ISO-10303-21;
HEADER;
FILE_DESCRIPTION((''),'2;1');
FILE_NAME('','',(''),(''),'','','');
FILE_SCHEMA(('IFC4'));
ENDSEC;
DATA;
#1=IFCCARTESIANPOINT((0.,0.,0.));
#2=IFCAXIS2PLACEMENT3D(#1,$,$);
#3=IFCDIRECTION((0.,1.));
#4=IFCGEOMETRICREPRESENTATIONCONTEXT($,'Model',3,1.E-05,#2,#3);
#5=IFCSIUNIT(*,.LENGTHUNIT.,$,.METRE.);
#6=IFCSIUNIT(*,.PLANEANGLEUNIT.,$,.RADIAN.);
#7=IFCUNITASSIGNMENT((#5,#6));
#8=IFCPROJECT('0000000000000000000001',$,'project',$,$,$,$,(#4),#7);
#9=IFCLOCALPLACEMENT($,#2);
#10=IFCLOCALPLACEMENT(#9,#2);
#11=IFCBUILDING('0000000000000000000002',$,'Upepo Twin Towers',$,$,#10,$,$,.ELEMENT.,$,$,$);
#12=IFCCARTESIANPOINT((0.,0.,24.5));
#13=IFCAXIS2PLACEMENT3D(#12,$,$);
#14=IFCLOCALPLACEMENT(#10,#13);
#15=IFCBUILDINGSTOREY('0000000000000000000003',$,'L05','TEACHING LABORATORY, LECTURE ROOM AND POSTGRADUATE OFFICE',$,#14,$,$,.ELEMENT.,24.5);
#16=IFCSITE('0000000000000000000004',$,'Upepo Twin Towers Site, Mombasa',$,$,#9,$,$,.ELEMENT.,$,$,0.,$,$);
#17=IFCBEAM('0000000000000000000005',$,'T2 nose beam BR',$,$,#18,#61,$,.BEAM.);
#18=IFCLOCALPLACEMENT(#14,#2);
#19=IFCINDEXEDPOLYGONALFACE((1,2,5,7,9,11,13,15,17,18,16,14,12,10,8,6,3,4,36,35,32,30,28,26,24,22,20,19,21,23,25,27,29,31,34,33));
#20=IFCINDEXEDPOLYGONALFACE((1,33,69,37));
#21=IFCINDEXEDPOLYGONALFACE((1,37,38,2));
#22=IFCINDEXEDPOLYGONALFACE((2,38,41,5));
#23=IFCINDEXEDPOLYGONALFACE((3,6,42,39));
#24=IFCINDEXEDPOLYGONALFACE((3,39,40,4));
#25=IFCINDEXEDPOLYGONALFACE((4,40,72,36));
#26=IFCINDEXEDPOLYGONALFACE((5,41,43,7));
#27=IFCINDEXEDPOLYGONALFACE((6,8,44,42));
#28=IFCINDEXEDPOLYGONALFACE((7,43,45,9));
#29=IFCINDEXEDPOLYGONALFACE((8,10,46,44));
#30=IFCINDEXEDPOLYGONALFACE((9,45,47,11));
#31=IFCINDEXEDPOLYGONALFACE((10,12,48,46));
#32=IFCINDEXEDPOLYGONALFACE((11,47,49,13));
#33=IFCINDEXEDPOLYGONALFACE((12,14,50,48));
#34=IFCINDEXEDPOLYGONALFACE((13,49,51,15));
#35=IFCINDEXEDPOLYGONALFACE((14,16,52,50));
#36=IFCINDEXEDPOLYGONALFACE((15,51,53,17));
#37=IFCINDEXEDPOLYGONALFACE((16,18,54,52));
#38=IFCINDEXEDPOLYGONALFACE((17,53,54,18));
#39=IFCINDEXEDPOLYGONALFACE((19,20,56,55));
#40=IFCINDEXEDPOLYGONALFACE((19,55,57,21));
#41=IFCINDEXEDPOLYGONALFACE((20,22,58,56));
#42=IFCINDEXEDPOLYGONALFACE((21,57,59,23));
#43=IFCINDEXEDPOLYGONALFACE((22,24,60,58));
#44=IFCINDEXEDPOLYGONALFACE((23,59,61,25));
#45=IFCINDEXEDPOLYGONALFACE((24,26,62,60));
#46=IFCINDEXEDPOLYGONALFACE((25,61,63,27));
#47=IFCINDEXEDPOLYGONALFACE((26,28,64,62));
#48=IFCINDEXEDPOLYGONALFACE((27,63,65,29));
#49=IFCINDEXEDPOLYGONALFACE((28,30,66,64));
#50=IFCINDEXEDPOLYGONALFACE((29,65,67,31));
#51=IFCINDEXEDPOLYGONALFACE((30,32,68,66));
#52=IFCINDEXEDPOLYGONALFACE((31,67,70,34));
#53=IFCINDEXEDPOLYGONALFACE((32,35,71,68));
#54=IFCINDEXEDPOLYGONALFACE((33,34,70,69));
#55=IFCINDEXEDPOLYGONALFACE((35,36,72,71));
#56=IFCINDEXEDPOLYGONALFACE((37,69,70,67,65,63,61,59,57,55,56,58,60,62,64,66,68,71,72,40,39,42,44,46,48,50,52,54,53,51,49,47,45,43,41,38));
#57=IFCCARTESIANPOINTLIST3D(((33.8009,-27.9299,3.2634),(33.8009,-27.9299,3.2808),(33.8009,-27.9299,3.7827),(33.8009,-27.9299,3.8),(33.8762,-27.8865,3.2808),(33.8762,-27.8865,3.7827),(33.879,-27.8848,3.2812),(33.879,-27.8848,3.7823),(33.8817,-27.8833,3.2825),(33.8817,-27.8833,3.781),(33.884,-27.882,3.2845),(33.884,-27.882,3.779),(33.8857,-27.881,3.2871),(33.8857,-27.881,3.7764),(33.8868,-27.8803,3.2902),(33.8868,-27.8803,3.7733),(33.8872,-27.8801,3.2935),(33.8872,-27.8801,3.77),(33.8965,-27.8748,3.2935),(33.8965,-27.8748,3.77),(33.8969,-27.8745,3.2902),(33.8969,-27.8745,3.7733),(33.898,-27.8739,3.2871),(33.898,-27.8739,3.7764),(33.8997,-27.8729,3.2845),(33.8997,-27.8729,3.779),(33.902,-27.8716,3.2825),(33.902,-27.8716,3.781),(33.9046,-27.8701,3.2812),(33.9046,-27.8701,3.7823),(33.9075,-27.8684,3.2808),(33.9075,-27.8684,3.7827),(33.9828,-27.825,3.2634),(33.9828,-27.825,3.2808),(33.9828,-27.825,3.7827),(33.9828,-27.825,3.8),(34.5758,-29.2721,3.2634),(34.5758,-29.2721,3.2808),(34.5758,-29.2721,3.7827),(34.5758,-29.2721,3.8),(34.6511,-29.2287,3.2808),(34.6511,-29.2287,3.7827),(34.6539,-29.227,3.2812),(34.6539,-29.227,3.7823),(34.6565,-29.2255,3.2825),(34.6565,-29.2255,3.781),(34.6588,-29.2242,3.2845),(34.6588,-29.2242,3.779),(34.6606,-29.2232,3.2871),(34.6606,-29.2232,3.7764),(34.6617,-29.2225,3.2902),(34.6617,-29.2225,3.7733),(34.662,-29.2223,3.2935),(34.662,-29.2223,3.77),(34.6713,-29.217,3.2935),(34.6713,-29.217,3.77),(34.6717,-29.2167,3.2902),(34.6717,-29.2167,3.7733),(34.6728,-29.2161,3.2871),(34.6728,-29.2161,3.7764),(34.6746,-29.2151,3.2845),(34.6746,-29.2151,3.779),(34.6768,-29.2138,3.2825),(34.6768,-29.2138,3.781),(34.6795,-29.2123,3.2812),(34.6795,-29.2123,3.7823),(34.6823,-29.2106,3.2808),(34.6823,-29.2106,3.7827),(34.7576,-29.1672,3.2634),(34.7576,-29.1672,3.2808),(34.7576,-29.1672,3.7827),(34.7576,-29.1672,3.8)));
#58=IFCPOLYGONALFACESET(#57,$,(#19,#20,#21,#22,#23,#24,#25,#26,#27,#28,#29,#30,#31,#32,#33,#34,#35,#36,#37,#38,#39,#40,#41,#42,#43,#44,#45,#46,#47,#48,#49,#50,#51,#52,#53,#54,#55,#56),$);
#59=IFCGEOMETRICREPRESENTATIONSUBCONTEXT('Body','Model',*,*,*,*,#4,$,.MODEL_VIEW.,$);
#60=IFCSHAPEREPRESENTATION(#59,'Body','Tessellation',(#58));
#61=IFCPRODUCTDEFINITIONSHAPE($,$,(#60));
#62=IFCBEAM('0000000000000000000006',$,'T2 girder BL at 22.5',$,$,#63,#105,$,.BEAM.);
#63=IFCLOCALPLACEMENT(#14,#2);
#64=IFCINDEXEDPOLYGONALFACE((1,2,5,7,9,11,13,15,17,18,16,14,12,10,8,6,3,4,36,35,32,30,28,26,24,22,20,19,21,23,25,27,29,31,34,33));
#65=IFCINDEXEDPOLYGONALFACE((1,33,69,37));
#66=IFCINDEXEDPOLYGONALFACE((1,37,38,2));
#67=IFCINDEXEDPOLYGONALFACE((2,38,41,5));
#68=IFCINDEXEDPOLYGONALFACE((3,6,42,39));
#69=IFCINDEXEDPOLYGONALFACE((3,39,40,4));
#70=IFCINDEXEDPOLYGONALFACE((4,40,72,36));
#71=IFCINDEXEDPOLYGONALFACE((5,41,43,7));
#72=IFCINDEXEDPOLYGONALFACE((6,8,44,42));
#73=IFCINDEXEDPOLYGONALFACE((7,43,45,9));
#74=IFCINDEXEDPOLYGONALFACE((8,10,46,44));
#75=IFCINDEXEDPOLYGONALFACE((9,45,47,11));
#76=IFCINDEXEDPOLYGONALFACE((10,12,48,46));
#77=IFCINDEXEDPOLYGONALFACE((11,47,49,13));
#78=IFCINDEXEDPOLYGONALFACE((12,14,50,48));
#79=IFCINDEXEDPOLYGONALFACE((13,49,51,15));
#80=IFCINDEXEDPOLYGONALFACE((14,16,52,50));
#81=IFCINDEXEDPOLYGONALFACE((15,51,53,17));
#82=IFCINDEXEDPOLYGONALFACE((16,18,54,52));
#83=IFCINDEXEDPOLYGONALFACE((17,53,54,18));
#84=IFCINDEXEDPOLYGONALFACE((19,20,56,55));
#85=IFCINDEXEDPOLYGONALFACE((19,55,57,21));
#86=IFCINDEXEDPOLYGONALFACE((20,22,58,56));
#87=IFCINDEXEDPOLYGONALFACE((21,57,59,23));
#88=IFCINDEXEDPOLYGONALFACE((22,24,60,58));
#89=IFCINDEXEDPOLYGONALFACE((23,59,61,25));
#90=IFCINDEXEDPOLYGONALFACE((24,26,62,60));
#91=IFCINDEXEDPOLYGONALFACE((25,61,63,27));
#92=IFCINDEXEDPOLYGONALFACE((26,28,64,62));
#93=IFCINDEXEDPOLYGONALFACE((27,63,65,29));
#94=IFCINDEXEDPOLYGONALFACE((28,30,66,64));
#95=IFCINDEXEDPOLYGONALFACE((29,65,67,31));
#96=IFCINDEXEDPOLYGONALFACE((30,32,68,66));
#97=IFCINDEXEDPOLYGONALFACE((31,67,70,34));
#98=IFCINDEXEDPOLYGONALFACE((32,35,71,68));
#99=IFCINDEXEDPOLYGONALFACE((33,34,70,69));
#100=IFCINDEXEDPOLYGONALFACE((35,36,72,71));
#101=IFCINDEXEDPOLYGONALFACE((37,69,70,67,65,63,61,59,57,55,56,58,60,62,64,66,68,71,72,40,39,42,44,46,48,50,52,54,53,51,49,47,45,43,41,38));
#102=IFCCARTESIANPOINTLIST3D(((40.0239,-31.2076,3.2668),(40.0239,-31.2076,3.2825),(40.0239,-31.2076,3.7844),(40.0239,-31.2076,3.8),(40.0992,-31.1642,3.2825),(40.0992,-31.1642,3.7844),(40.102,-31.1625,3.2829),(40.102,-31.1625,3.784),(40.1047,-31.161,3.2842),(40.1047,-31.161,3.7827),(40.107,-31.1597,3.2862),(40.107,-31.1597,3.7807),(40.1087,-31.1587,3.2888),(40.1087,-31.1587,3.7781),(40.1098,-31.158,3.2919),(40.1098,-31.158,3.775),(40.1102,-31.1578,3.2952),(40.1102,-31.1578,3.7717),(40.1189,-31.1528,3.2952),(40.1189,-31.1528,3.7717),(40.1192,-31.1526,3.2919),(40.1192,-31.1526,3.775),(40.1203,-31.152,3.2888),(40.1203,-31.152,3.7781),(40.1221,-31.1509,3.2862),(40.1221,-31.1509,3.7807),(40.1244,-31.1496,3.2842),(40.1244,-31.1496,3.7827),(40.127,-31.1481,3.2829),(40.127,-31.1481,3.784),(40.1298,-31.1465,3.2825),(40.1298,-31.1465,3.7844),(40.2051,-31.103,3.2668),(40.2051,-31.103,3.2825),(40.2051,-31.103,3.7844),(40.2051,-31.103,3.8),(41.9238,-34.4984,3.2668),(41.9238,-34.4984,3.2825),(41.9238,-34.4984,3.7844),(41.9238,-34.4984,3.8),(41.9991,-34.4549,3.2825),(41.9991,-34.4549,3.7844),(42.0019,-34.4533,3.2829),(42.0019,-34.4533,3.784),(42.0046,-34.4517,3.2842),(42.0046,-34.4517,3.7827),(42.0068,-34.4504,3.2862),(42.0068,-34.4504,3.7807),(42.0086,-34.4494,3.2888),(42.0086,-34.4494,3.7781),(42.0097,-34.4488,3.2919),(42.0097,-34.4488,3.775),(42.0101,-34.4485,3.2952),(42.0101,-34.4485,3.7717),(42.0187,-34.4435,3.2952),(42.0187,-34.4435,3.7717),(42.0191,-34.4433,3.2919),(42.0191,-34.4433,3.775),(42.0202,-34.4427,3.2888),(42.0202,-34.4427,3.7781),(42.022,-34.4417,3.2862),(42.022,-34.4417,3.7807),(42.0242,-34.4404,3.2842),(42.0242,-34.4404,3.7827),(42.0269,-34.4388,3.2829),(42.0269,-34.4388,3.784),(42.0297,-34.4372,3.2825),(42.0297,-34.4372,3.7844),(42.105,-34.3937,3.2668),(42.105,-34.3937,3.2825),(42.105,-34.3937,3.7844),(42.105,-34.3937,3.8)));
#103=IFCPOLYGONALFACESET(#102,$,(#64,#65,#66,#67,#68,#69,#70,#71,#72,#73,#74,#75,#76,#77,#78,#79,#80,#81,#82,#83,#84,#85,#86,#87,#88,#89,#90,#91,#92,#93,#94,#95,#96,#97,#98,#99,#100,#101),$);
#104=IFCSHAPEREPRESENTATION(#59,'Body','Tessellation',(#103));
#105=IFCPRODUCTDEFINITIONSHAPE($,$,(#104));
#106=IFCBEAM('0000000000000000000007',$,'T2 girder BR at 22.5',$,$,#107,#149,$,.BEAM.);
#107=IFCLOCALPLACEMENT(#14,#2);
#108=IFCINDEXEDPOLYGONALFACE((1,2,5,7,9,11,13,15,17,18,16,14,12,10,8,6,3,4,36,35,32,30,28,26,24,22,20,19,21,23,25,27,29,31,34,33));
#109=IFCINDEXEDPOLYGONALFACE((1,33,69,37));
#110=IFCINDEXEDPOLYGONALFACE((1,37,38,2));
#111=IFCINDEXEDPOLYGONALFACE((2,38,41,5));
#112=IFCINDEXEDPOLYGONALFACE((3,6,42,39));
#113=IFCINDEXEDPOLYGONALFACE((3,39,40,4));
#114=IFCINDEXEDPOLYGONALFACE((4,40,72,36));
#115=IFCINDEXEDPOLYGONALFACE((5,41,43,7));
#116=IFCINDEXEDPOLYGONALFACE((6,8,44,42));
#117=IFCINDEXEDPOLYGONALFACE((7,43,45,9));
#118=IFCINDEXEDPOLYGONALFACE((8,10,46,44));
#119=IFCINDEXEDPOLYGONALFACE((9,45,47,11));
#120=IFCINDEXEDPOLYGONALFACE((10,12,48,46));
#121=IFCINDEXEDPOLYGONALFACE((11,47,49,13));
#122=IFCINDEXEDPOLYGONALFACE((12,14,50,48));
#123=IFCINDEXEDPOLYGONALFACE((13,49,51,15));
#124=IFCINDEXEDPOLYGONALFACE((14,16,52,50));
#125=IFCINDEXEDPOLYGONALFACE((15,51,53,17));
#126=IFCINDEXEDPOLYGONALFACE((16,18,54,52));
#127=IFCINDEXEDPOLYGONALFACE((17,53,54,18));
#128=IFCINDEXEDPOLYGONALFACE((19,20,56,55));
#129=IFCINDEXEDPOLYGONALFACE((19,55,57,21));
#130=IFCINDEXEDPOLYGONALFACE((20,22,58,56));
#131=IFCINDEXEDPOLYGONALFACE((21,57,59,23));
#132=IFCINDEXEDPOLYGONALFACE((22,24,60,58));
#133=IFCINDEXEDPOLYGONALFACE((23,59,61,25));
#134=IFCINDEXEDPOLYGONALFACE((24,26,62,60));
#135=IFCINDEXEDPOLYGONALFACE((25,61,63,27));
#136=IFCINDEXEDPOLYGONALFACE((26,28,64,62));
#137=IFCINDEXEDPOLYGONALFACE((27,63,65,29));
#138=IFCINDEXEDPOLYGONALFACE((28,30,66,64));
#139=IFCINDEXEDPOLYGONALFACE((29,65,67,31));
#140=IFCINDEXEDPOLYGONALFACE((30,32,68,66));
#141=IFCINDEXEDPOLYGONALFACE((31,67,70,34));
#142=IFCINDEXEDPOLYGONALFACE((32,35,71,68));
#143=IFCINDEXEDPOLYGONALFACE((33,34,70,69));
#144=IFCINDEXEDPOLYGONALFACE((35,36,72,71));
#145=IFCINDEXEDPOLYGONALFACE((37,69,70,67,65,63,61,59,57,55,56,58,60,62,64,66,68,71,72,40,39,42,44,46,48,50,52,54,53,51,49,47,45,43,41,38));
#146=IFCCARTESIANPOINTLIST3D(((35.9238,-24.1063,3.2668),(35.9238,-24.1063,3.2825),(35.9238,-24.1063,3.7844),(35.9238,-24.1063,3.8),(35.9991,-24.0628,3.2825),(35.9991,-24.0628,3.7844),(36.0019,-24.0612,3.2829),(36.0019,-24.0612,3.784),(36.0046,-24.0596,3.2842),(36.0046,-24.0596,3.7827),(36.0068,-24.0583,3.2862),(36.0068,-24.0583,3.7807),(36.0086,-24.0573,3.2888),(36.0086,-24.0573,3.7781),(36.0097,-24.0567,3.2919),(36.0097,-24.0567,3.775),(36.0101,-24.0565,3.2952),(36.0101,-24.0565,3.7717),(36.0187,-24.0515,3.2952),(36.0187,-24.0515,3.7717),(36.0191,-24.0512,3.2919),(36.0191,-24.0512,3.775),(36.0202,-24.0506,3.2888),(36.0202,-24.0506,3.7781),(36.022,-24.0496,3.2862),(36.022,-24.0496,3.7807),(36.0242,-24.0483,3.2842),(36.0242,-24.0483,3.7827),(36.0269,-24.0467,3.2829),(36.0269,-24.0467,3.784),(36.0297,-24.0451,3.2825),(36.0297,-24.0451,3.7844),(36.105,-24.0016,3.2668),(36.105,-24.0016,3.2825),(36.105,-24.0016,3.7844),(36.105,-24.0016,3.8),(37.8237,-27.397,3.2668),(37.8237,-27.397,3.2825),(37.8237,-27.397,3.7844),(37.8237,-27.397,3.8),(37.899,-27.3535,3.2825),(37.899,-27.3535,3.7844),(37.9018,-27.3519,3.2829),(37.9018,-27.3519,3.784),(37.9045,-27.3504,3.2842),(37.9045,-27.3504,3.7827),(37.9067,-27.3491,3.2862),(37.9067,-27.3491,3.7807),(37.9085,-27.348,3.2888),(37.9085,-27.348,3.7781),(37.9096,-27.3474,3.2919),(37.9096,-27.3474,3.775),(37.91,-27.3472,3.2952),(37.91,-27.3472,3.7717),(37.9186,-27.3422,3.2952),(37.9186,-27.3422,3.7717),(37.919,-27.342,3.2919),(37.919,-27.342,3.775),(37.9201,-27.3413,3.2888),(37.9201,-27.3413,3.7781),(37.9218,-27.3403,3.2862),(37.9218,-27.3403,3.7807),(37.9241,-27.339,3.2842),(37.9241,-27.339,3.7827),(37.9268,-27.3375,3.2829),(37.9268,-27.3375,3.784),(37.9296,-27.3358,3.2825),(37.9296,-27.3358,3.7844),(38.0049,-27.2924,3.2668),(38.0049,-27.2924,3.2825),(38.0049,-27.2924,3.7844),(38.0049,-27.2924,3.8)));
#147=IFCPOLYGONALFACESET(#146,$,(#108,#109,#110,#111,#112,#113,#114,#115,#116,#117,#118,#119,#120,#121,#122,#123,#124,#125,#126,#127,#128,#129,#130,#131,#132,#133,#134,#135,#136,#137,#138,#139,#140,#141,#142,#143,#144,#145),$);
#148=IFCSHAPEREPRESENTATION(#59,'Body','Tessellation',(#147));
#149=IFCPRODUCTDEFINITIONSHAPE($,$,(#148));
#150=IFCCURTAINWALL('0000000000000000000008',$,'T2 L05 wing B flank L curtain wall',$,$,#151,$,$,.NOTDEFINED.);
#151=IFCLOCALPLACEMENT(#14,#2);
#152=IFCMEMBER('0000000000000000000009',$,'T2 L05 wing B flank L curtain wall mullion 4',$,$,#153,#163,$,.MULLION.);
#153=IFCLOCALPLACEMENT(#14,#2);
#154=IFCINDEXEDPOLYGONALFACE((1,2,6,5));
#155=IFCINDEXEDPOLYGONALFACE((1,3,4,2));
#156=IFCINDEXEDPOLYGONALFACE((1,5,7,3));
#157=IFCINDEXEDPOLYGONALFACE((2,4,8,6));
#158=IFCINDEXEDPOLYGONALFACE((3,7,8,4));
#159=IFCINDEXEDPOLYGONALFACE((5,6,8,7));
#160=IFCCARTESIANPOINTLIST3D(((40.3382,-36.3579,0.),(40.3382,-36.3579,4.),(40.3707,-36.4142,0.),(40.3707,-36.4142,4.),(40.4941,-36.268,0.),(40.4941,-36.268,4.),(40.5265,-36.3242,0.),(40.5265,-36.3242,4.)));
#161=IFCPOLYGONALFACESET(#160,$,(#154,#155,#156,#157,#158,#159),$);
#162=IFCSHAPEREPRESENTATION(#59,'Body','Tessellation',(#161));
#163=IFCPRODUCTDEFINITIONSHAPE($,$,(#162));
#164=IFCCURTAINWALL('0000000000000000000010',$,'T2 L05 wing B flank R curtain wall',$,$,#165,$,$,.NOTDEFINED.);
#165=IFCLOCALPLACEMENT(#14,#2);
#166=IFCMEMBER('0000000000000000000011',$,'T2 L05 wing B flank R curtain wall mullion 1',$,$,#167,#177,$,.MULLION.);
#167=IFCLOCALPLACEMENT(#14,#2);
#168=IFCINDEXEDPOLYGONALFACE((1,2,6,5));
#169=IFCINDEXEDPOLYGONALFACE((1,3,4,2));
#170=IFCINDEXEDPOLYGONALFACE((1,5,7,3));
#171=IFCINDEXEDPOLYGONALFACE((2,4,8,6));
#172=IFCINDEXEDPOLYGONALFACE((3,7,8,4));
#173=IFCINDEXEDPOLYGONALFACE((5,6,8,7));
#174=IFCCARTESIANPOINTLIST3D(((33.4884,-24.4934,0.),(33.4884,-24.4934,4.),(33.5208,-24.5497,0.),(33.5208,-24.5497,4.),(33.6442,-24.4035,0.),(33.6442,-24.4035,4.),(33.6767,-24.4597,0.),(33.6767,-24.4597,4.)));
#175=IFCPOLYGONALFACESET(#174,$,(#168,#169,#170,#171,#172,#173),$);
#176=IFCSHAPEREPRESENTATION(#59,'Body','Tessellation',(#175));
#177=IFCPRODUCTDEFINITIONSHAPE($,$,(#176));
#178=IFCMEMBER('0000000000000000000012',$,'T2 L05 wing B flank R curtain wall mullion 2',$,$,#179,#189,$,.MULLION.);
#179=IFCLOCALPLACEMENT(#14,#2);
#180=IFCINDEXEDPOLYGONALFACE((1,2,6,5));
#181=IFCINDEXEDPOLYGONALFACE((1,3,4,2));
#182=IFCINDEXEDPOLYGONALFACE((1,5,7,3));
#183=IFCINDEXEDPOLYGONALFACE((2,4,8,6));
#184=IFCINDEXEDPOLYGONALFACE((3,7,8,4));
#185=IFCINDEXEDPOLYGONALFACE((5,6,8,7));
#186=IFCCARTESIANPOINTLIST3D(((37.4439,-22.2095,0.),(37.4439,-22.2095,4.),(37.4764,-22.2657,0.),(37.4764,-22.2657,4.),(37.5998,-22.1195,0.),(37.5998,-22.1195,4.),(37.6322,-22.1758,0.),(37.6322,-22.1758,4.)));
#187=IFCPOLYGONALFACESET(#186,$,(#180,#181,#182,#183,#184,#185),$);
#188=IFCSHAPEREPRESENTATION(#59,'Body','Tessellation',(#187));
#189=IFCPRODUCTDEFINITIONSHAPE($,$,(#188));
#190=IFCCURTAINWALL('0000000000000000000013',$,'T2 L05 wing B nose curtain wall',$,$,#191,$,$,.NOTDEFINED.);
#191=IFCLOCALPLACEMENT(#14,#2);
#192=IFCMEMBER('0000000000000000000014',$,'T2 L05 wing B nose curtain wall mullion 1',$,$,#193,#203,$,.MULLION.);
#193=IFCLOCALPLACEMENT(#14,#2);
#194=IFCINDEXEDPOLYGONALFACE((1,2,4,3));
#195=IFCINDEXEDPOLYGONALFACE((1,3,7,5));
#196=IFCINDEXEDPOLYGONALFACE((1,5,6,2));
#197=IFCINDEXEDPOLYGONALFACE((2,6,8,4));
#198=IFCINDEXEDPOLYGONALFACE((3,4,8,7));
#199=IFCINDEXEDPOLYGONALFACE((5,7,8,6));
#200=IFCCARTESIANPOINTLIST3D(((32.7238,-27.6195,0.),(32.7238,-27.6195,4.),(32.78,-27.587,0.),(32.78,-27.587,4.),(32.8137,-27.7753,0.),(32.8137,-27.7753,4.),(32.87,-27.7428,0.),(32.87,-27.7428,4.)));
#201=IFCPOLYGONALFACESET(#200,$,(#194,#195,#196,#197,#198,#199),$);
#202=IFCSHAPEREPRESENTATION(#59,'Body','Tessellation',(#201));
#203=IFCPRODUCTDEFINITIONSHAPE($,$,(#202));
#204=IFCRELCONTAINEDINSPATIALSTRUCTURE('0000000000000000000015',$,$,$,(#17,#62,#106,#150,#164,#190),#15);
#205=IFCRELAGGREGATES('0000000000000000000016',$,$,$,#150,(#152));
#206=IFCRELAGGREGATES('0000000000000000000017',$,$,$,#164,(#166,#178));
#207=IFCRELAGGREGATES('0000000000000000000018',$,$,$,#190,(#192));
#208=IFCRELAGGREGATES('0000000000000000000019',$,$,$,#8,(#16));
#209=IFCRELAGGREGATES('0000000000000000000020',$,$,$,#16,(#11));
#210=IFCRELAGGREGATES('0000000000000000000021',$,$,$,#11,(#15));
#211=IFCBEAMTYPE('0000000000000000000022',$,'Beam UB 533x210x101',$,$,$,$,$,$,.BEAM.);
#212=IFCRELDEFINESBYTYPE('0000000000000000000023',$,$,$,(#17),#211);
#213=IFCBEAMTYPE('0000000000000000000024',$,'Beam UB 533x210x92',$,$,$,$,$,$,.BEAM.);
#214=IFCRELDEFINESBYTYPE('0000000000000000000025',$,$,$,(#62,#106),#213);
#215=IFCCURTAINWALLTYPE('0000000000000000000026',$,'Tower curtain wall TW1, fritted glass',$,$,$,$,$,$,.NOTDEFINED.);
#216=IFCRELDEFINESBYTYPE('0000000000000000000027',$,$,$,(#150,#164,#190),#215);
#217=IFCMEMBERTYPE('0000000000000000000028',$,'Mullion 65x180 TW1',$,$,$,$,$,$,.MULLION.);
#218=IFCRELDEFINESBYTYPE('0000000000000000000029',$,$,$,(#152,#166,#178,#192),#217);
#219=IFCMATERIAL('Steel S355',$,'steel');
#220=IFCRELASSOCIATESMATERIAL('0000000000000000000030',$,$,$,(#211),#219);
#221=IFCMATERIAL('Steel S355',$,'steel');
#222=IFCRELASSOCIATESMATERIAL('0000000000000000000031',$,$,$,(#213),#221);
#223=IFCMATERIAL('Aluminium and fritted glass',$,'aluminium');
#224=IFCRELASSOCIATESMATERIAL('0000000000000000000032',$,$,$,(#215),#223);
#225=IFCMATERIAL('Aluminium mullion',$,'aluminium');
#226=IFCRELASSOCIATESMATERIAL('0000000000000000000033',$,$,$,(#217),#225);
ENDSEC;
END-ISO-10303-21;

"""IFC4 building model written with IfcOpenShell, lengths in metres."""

from ifc_helpers import new_model, si_unit, direction, frame, origin, origin_2d, place, context, subcontext, project, spatial, rectangle, i_section, extrude, material, material_profile, profile_set, type_object, element, aggregate, save


model = new_model("IFC4")

# Units and contexts
model_context = context("Model", 3, precision=1e-05, world=origin(), true_north=direction((0.0, 1.0)))
body_context = subcontext(model_context, "Body", "Model", "MODEL_VIEW")
ifc_project = project(units=[si_unit("LENGTHUNIT", "METRE"), si_unit("PLANEANGLEUNIT", "RADIAN")], contexts=[model_context])

# Site, building, storey
site_placement = place(None, origin())
site = spatial("IfcSite", under=ifc_project, at=site_placement, Name="Upepo Twin Towers Site, Mombasa", CompositionType="ELEMENT", RefElevation=0.0)
building_placement = place(site_placement, origin())
building = spatial("IfcBuilding", under=site, at=building_placement, Name="Upepo Twin Towers", CompositionType="ELEMENT")
storey_placement = place(building_placement, frame((0.0, 0.0, 24.5)))
storey = spatial("IfcBuildingStorey", under=building, at=storey_placement, Name="L05", Description="TEACHING LABORATORY, LECTURE ROOM AND POSTGRADUATE OFFICE", CompositionType="ELEMENT", Elevation=24.5)

# Beams
ifc_material_1 = material(Name="Steel S355", Category="steel")
ifc_material_profile_1 = material_profile(ifc_material_1, i_section(OverallWidth=0.21, OverallDepth=0.5366, WebThickness=0.0107, FlangeThickness=0.0173, FilletRadius=0.0127, at=origin_2d()), Name="UB 533x210x101")
ifc_profile_set_1 = profile_set([ifc_material_profile_1], Name="Steel S355")
beam_type_1 = type_object("IfcBeamType", Name="Beam UB 533x210x101", PredefinedType="BEAM", material=ifc_profile_set_1)
for number, where, z_axis, x_axis, name in (
    (1, (33.8918, -27.8774, 3.5317), (0.499968, -0.866044, 0.0), (0.866044, 0.499968, 0.0), "T2 nose beam BR"),
):
    element("IfcBeam", number, at=place(storey_placement, frame(where, z_axis=z_axis, x_axis=x_axis)), inside=storey, type_object=beam_type_1, Name=name, PredefinedType="BEAM", context=body_context, shape_type="SweptSolid", body=[
        extrude(i_section(OverallWidth=0.21, OverallDepth=0.5366, WebThickness=0.0107, FlangeThickness=0.0173, FilletRadius=0.0127, at=origin_2d()), origin(), (0.0, 0.0, 1.0), 1.5498),
    ])
ifc_material_2 = material(Name="Steel S355", Category="steel")
ifc_material_profile_2 = material_profile(ifc_material_2, i_section(OverallWidth=0.2092, OverallDepth=0.5332, WebThickness=0.01, FlangeThickness=0.0156, FilletRadius=0.0127, at=origin_2d()), Name="UB 533x210x92")
ifc_profile_set_2 = profile_set([ifc_material_profile_2], Name="Steel S355")
beam_type_2 = type_object("IfcBeamType", Name="Beam UB 533x210x92", PredefinedType="BEAM", material=ifc_profile_set_2)
for number, where, z_axis, x_axis, name in (
    (2, (42.0144, -34.446, 3.5334), (-0.499995, 0.866028, 0.0), (-0.866028, -0.499995, 0.0), "T2 girder BL at 22.5"),
    (3, (36.0144, -24.054, 3.5334), (0.499995, -0.866028, 0.0), (0.866028, 0.499995, 0.0), "T2 girder BR at 22.5"),
):
    element("IfcBeam", number, at=place(storey_placement, frame(where, z_axis=z_axis, x_axis=x_axis)), inside=storey, type_object=beam_type_2, Name=name, PredefinedType="BEAM", context=body_context, shape_type="SweptSolid", body=[
        extrude(i_section(OverallWidth=0.2092, OverallDepth=0.5332, WebThickness=0.01, FlangeThickness=0.0156, FilletRadius=0.0127, at=origin_2d()), origin(), (0.0, 0.0, 1.0), 3.7998),
    ])

# Curtain wall, member
ifc_material_3 = material(Name="Aluminium and fritted glass", Category="aluminium")
curtain_wall_type = type_object("IfcCurtainWallType", Name="Tower curtain wall TW1, fritted glass", PredefinedType="NOTDEFINED", material=ifc_material_3)
curtain_wall_1_placement = place(storey_placement, origin())
curtain_wall_1 = element("IfcCurtainWall", 4, at=curtain_wall_1_placement, inside=storey, type_object=curtain_wall_type, Name="T2 L05 wing B flank L curtain wall", PredefinedType="NOTDEFINED")
ifc_material_4 = material(Name="Aluminium mullion", Category="aluminium")
ifc_material_profile_3 = material_profile(ifc_material_4, rectangle(XDim=0.0649, YDim=0.1799, at=origin_2d()), Name="MULLION 65x180")
ifc_profile_set_3 = profile_set([ifc_material_profile_3], Name="Aluminium mullion")
member_type_1 = type_object("IfcMemberType", Name="Mullion 65x180 TW1", PredefinedType="MULLION", material=ifc_profile_set_3)
member_1_placement = place(storey_placement, frame((40.4324, -36.3411, 0.0), z_axis=(0.0, 0.0, 1.0), x_axis=(0.5, -0.866025, 0.0)))
member_1 = element("IfcMember", 5, at=member_1_placement, type_object=member_type_1, Name="T2 L05 wing B flank L curtain wall mullion 4", PredefinedType="MULLION", context=body_context, shape_type="SweptSolid", body=[
    extrude(rectangle(XDim=0.0649, YDim=0.1799, at=origin_2d()), origin(), (0.0, 0.0, 1.0), 4.0),
])
aggregate(curtain_wall_1, [member_1])

# Curtain walls, members
curtain_wall_2_placement = place(storey_placement, origin())
curtain_wall_2 = element("IfcCurtainWall", 6, at=curtain_wall_2_placement, inside=storey, type_object=curtain_wall_type, Name="T2 L05 wing B flank R curtain wall", PredefinedType="NOTDEFINED")
member_2_placement = place(storey_placement, frame((33.5825, -24.4766, 0.0), z_axis=(0.0, 0.0, 1.0), x_axis=(-0.5, 0.866025, 0.0)))
member_2 = element("IfcMember", 7, at=member_2_placement, type_object=member_type_1, Name="T2 L05 wing B flank R curtain wall mullion 1", PredefinedType="MULLION", context=body_context, shape_type="SweptSolid", body=[
    extrude(rectangle(XDim=0.0649, YDim=0.1799, at=origin_2d()), origin(), (0.0, 0.0, 1.0), 4.0),
])
member_3_placement = place(storey_placement, frame((37.5381, -22.1926, 0.0), z_axis=(0.0, 0.0, 1.0), x_axis=(-0.5, 0.866025, 0.0)))
member_3 = element("IfcMember", 8, at=member_3_placement, type_object=member_type_1, Name="T2 L05 wing B flank R curtain wall mullion 2", PredefinedType="MULLION", context=body_context, shape_type="SweptSolid", body=[
    extrude(rectangle(XDim=0.0649, YDim=0.1799, at=origin_2d()), origin(), (0.0, 0.0, 1.0), 4.0),
])
curtain_wall_3_placement = place(storey_placement, origin())
curtain_wall_3 = element("IfcCurtainWall", 9, at=curtain_wall_3_placement, inside=storey, type_object=curtain_wall_type, Name="T2 L05 wing B nose curtain wall", PredefinedType="NOTDEFINED")
member_4_placement = place(storey_placement, frame((32.7969, -27.6812, 0.0), z_axis=(0.0, 0.0, 1.0), x_axis=(0.866025, 0.5, 0.0)))
member_4 = element("IfcMember", 10, at=member_4_placement, type_object=member_type_1, Name="T2 L05 wing B nose curtain wall mullion 1", PredefinedType="MULLION", context=body_context, shape_type="SweptSolid", body=[
    extrude(rectangle(XDim=0.0649, YDim=0.1799, at=origin_2d()), origin(), (0.0, 0.0, 1.0), 4.0),
])

aggregate(curtain_wall_2, [member_2, member_3])
aggregate(curtain_wall_3, [member_4])

save(model, "model.ifc")
